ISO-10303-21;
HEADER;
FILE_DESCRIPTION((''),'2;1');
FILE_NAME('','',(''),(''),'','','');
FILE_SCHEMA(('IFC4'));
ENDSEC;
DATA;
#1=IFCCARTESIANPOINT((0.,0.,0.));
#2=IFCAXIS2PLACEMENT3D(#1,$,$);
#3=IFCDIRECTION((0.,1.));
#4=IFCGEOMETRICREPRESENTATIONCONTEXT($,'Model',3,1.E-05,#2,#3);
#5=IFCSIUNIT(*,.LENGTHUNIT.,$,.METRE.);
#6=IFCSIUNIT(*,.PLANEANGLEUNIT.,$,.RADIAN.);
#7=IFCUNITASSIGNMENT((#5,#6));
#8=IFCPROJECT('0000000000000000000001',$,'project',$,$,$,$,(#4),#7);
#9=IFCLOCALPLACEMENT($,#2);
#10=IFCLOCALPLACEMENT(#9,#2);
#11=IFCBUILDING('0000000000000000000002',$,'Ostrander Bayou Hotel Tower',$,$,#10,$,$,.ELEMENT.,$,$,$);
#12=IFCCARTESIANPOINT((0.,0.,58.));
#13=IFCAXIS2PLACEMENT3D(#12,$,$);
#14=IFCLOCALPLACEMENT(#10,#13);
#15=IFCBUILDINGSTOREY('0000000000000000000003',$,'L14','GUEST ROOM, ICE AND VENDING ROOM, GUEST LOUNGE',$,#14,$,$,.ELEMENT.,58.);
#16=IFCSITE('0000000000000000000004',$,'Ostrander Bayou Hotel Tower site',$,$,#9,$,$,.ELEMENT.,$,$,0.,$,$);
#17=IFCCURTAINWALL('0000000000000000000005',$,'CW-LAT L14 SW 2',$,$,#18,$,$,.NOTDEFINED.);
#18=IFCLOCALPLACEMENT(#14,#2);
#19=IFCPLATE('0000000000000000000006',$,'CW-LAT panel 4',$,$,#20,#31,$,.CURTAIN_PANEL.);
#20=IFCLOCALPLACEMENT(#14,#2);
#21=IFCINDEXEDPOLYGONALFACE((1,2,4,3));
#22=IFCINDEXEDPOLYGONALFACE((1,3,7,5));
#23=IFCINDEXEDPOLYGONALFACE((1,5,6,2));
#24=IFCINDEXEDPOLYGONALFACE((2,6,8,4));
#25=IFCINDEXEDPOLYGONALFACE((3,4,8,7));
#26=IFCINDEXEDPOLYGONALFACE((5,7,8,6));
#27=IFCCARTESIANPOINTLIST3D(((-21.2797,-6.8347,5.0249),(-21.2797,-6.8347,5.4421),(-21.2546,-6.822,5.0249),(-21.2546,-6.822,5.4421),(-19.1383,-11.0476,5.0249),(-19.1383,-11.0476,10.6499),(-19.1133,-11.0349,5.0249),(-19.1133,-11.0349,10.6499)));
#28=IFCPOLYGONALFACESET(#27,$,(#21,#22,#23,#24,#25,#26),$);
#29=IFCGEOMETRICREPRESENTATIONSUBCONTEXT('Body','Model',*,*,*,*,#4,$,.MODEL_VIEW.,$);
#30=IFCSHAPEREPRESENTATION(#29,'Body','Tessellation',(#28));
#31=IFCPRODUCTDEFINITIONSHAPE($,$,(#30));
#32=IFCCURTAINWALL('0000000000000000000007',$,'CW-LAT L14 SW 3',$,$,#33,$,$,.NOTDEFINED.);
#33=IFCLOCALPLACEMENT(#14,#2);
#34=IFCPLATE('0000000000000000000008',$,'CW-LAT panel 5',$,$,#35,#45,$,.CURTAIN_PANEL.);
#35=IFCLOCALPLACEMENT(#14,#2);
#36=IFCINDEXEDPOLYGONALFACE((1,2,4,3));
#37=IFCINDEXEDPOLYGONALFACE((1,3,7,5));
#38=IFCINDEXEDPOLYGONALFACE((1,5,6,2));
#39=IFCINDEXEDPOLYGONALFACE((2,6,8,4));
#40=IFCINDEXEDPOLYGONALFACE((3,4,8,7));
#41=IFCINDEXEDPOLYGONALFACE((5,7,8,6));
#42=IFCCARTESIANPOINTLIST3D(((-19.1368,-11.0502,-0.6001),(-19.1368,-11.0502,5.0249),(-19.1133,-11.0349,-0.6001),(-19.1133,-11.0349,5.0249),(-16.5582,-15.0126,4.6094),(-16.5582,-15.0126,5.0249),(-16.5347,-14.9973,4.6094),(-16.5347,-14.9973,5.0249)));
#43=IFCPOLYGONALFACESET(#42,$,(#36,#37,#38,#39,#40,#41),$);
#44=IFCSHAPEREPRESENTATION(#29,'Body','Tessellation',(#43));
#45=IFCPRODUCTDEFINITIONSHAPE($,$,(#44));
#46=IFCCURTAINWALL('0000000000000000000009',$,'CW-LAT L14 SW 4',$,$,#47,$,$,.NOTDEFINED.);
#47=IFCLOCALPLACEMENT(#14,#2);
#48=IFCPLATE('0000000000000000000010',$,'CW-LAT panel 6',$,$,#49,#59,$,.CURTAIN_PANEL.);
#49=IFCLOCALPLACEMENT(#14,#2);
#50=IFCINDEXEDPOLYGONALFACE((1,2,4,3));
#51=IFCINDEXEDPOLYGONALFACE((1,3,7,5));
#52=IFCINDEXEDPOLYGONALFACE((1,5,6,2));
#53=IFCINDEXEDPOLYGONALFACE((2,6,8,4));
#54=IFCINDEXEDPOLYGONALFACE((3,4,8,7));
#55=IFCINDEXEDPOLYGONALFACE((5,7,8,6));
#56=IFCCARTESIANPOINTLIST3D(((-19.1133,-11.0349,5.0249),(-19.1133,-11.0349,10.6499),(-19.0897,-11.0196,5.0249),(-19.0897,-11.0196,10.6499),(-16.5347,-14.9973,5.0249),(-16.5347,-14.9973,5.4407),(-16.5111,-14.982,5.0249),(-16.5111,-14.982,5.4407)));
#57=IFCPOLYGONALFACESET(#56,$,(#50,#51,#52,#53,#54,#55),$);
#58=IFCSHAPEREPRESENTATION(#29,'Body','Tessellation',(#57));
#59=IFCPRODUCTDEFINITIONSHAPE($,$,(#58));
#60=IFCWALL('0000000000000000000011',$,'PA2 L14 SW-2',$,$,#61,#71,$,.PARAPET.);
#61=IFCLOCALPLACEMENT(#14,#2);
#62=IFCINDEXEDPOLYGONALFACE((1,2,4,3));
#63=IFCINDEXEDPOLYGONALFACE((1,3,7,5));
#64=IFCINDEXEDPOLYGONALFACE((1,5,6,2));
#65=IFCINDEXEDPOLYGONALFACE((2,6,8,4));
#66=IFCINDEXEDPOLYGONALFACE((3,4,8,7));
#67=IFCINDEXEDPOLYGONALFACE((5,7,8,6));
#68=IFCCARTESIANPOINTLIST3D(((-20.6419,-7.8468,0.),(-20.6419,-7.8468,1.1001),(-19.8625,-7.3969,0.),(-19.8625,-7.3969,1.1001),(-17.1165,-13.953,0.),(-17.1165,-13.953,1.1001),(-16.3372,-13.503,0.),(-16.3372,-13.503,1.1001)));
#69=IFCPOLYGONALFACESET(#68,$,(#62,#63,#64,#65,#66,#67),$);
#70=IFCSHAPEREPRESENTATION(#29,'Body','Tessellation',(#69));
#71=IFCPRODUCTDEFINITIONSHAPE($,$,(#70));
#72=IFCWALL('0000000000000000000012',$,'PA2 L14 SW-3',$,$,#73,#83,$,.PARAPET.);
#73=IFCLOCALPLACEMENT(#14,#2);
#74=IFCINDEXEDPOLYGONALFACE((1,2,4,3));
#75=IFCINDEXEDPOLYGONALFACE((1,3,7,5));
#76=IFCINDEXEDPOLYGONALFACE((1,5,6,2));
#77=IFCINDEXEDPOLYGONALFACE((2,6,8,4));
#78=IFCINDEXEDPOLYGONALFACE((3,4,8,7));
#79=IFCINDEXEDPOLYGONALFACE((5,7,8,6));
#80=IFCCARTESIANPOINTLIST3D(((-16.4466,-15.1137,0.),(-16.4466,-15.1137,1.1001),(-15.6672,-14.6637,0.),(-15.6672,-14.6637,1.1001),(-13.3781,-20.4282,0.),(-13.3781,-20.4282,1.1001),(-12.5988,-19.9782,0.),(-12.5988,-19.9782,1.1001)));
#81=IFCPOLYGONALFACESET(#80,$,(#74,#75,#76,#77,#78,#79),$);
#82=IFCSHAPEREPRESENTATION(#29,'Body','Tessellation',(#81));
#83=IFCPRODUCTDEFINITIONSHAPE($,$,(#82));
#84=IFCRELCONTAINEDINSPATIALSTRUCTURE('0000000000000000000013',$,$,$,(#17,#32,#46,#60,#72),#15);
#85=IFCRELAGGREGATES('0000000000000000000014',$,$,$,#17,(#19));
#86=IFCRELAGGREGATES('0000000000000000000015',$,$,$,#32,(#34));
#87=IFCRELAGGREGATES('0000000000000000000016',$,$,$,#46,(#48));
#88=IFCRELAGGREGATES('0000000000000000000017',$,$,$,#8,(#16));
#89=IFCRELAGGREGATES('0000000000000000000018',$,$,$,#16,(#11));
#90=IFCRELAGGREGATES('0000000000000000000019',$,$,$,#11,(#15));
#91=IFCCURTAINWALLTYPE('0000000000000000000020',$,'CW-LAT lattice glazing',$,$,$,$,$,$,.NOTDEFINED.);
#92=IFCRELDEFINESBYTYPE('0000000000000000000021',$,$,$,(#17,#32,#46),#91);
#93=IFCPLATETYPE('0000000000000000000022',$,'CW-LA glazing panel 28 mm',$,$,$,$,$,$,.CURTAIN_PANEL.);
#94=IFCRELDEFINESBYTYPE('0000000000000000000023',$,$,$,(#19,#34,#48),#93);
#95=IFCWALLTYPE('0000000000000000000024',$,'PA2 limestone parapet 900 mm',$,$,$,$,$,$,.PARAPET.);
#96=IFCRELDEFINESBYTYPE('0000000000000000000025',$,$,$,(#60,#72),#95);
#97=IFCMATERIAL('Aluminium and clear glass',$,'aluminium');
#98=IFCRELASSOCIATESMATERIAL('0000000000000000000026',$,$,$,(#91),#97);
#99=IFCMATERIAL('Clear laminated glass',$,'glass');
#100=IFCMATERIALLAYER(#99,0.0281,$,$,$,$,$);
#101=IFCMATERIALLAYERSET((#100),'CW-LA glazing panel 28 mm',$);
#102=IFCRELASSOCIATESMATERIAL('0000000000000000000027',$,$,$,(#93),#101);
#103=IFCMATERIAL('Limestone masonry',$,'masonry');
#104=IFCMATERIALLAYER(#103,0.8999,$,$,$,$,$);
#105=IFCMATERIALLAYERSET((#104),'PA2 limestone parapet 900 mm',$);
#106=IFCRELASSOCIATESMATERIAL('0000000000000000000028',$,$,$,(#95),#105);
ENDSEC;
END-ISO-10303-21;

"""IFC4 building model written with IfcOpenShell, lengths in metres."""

from ifc_helpers import new_model, si_unit, direction, frame, frame_2d, origin, place, context, subcontext, project, spatial, polyline, rectangle, outline, extrude, material, layer, layer_set, type_object, element, aggregate, save


model = new_model("IFC4")

# Units and contexts
model_context = context("Model", 3, precision=1e-05, world=origin(), true_north=direction((0.0, 1.0)))
body_context = subcontext(model_context, "Body", "Model", "MODEL_VIEW")
ifc_project = project(units=[si_unit("LENGTHUNIT", "METRE"), si_unit("PLANEANGLEUNIT", "RADIAN")], contexts=[model_context])

# Site, building, storey
site_placement = place(None, origin())
site = spatial("IfcSite", under=ifc_project, at=site_placement, Name="Ostrander Bayou Hotel Tower site", CompositionType="ELEMENT", RefElevation=0.0)
building_placement = place(site_placement, origin())
building = spatial("IfcBuilding", under=site, at=building_placement, Name="Ostrander Bayou Hotel Tower", CompositionType="ELEMENT")
storey_placement = place(building_placement, frame((0.0, 0.0, 58.0)))
storey = spatial("IfcBuildingStorey", under=building, at=storey_placement, Name="L14", Description="GUEST ROOM, ICE AND VENDING ROOM, GUEST LOUNGE", CompositionType="ELEMENT", Elevation=58.0)

# Curtain wall
ifc_material_1 = material(Name="Aluminium and clear glass", Category="aluminium")
curtain_wall_type = type_object("IfcCurtainWallType", Name="CW-LAT lattice glazing", PredefinedType="NOTDEFINED", material=ifc_material_1)
curtain_wall_1_placement = place(storey_placement, origin())
curtain_wall_1 = element("IfcCurtainWall", 1, at=curtain_wall_1_placement, inside=storey, type_object=curtain_wall_type, Name="CW-LAT L14 SW 2", PredefinedType="NOTDEFINED")

# Plate
ifc_material_2 = material(Name="Clear laminated glass", Category="glass")
ifc_layer_1 = layer(ifc_material_2, 0.0281)
ifc_layer_set_1 = layer_set([ifc_layer_1], Name="CW-LA glazing panel 28 mm")
plate_type = type_object("IfcPlateType", Name="CW-LA glazing panel 28 mm", PredefinedType="CURTAIN_PANEL", material=ifc_layer_set_1)
plate_1_placement = place(storey_placement, frame((-21.2546, -6.822, 5.4421), z_axis=(0.891453, 0.453114, 0.0), x_axis=(0.304499, -0.599069, 0.740539)))
plate_1 = element("IfcPlate", 2, at=plate_1_placement, type_object=plate_type, Name="CW-LAT panel 4", PredefinedType="CURTAIN_PANEL", context=body_context, shape_type="SweptSolid", body=[
    extrude(outline(polyline([(0.0, 0.0), (7.0324, 0.0), (2.8669, 3.7801), (-0.309, 0.2804), (0.0, 0.0)])), origin(), (0.0, 0.0, -1.0), 0.0281),
])
aggregate(curtain_wall_1, [plate_1])

# Curtain walls, plates
curtain_wall_2_placement = place(storey_placement, origin())
curtain_wall_2 = element("IfcCurtainWall", 3, at=curtain_wall_2_placement, inside=storey, type_object=curtain_wall_type, Name="CW-LAT L14 SW 3", PredefinedType="NOTDEFINED")
plate_2_placement = place(storey_placement, frame((-16.5347, -14.9973, 4.6094), z_axis=(0.838149, 0.545442, 0.0), x_axis=(-0.366551, 0.563257, -0.740528)))
plate_2 = element("IfcPlate", 4, at=plate_2_placement, type_object=plate_type, Name="CW-LAT panel 5", PredefinedType="CURTAIN_PANEL", context=body_context, shape_type="SweptSolid", body=[
    extrude(outline(polyline([(0.0, 0.0), (7.0348, 0.0), (2.8693, 3.7801), (-0.3077, 0.2792), (0.0, 0.0)])), origin(), (0.0, 0.0, -1.0), 0.0281),
])
aggregate(curtain_wall_2, [plate_2])
curtain_wall_3_placement = place(storey_placement, origin())
curtain_wall_3 = element("IfcCurtainWall", 5, at=curtain_wall_3_placement, inside=storey, type_object=curtain_wall_type, Name="CW-LAT L14 SW 4", PredefinedType="NOTDEFINED")
plate_3_placement = place(storey_placement, frame((-16.5347, -14.9973, 5.4407), z_axis=(-0.838149, -0.545442, 0.0), x_axis=(-0.36656, 0.563271, 0.740513)))
plate_3 = element("IfcPlate", 6, at=plate_3_placement, type_object=plate_type, Name="CW-LAT panel 6", PredefinedType="CURTAIN_PANEL", context=body_context, shape_type="SweptSolid", body=[
    extrude(outline(polyline([(0.0, 0.0), (7.0346, 0.0), (2.8692, 3.7802), (-0.3079, 0.2794), (0.0, 0.0)])), origin(), (0.0, 0.0, -1.0), 0.0281),
])
aggregate(curtain_wall_3, [plate_3])

# Walls
ifc_material_3 = material(Name="Limestone masonry", Category="masonry")
ifc_layer_2 = layer(ifc_material_3, 0.8999)
ifc_layer_set_2 = layer_set([ifc_layer_2], Name="PA2 limestone parapet 900 mm")
wall_type = type_object("IfcWallType", Name="PA2 limestone parapet 900 mm", PredefinedType="PARAPET", material=ifc_layer_set_2)
wall_1_placement = place(storey_placement, frame((-20.2522, -7.6218, 0.0), z_axis=(0.0, 0.0, 1.0), x_axis=(0.499997, -0.866027, 0.0)))
element("IfcWall", 7, at=wall_1_placement, inside=storey, type_object=wall_type, Name="PA2 L14 SW-2", PredefinedType="PARAPET", context=body_context, shape_type="SweptSolid", body=[
    extrude(rectangle(XDim=7.0508, YDim=0.8999, at=frame_2d((3.5254, 0.0))), origin(), (0.0, 0.0, 1.0), 1.1001),
])
wall_2_placement = place(storey_placement, frame((-16.0569, -14.8887, 0.0), z_axis=(0.0, 0.0, 1.0), x_axis=(0.500007, -0.866021, 0.0)))
element("IfcWall", 8, at=wall_2_placement, inside=storey, type_object=wall_type, Name="PA2 L14 SW-3", PredefinedType="PARAPET", context=body_context, shape_type="SweptSolid", body=[
    extrude(rectangle(XDim=6.1367, YDim=0.8999, at=frame_2d((3.0684, 0.0))), origin(), (0.0, 0.0, 1.0), 1.1001),
])

save(model, "model.ifc")
